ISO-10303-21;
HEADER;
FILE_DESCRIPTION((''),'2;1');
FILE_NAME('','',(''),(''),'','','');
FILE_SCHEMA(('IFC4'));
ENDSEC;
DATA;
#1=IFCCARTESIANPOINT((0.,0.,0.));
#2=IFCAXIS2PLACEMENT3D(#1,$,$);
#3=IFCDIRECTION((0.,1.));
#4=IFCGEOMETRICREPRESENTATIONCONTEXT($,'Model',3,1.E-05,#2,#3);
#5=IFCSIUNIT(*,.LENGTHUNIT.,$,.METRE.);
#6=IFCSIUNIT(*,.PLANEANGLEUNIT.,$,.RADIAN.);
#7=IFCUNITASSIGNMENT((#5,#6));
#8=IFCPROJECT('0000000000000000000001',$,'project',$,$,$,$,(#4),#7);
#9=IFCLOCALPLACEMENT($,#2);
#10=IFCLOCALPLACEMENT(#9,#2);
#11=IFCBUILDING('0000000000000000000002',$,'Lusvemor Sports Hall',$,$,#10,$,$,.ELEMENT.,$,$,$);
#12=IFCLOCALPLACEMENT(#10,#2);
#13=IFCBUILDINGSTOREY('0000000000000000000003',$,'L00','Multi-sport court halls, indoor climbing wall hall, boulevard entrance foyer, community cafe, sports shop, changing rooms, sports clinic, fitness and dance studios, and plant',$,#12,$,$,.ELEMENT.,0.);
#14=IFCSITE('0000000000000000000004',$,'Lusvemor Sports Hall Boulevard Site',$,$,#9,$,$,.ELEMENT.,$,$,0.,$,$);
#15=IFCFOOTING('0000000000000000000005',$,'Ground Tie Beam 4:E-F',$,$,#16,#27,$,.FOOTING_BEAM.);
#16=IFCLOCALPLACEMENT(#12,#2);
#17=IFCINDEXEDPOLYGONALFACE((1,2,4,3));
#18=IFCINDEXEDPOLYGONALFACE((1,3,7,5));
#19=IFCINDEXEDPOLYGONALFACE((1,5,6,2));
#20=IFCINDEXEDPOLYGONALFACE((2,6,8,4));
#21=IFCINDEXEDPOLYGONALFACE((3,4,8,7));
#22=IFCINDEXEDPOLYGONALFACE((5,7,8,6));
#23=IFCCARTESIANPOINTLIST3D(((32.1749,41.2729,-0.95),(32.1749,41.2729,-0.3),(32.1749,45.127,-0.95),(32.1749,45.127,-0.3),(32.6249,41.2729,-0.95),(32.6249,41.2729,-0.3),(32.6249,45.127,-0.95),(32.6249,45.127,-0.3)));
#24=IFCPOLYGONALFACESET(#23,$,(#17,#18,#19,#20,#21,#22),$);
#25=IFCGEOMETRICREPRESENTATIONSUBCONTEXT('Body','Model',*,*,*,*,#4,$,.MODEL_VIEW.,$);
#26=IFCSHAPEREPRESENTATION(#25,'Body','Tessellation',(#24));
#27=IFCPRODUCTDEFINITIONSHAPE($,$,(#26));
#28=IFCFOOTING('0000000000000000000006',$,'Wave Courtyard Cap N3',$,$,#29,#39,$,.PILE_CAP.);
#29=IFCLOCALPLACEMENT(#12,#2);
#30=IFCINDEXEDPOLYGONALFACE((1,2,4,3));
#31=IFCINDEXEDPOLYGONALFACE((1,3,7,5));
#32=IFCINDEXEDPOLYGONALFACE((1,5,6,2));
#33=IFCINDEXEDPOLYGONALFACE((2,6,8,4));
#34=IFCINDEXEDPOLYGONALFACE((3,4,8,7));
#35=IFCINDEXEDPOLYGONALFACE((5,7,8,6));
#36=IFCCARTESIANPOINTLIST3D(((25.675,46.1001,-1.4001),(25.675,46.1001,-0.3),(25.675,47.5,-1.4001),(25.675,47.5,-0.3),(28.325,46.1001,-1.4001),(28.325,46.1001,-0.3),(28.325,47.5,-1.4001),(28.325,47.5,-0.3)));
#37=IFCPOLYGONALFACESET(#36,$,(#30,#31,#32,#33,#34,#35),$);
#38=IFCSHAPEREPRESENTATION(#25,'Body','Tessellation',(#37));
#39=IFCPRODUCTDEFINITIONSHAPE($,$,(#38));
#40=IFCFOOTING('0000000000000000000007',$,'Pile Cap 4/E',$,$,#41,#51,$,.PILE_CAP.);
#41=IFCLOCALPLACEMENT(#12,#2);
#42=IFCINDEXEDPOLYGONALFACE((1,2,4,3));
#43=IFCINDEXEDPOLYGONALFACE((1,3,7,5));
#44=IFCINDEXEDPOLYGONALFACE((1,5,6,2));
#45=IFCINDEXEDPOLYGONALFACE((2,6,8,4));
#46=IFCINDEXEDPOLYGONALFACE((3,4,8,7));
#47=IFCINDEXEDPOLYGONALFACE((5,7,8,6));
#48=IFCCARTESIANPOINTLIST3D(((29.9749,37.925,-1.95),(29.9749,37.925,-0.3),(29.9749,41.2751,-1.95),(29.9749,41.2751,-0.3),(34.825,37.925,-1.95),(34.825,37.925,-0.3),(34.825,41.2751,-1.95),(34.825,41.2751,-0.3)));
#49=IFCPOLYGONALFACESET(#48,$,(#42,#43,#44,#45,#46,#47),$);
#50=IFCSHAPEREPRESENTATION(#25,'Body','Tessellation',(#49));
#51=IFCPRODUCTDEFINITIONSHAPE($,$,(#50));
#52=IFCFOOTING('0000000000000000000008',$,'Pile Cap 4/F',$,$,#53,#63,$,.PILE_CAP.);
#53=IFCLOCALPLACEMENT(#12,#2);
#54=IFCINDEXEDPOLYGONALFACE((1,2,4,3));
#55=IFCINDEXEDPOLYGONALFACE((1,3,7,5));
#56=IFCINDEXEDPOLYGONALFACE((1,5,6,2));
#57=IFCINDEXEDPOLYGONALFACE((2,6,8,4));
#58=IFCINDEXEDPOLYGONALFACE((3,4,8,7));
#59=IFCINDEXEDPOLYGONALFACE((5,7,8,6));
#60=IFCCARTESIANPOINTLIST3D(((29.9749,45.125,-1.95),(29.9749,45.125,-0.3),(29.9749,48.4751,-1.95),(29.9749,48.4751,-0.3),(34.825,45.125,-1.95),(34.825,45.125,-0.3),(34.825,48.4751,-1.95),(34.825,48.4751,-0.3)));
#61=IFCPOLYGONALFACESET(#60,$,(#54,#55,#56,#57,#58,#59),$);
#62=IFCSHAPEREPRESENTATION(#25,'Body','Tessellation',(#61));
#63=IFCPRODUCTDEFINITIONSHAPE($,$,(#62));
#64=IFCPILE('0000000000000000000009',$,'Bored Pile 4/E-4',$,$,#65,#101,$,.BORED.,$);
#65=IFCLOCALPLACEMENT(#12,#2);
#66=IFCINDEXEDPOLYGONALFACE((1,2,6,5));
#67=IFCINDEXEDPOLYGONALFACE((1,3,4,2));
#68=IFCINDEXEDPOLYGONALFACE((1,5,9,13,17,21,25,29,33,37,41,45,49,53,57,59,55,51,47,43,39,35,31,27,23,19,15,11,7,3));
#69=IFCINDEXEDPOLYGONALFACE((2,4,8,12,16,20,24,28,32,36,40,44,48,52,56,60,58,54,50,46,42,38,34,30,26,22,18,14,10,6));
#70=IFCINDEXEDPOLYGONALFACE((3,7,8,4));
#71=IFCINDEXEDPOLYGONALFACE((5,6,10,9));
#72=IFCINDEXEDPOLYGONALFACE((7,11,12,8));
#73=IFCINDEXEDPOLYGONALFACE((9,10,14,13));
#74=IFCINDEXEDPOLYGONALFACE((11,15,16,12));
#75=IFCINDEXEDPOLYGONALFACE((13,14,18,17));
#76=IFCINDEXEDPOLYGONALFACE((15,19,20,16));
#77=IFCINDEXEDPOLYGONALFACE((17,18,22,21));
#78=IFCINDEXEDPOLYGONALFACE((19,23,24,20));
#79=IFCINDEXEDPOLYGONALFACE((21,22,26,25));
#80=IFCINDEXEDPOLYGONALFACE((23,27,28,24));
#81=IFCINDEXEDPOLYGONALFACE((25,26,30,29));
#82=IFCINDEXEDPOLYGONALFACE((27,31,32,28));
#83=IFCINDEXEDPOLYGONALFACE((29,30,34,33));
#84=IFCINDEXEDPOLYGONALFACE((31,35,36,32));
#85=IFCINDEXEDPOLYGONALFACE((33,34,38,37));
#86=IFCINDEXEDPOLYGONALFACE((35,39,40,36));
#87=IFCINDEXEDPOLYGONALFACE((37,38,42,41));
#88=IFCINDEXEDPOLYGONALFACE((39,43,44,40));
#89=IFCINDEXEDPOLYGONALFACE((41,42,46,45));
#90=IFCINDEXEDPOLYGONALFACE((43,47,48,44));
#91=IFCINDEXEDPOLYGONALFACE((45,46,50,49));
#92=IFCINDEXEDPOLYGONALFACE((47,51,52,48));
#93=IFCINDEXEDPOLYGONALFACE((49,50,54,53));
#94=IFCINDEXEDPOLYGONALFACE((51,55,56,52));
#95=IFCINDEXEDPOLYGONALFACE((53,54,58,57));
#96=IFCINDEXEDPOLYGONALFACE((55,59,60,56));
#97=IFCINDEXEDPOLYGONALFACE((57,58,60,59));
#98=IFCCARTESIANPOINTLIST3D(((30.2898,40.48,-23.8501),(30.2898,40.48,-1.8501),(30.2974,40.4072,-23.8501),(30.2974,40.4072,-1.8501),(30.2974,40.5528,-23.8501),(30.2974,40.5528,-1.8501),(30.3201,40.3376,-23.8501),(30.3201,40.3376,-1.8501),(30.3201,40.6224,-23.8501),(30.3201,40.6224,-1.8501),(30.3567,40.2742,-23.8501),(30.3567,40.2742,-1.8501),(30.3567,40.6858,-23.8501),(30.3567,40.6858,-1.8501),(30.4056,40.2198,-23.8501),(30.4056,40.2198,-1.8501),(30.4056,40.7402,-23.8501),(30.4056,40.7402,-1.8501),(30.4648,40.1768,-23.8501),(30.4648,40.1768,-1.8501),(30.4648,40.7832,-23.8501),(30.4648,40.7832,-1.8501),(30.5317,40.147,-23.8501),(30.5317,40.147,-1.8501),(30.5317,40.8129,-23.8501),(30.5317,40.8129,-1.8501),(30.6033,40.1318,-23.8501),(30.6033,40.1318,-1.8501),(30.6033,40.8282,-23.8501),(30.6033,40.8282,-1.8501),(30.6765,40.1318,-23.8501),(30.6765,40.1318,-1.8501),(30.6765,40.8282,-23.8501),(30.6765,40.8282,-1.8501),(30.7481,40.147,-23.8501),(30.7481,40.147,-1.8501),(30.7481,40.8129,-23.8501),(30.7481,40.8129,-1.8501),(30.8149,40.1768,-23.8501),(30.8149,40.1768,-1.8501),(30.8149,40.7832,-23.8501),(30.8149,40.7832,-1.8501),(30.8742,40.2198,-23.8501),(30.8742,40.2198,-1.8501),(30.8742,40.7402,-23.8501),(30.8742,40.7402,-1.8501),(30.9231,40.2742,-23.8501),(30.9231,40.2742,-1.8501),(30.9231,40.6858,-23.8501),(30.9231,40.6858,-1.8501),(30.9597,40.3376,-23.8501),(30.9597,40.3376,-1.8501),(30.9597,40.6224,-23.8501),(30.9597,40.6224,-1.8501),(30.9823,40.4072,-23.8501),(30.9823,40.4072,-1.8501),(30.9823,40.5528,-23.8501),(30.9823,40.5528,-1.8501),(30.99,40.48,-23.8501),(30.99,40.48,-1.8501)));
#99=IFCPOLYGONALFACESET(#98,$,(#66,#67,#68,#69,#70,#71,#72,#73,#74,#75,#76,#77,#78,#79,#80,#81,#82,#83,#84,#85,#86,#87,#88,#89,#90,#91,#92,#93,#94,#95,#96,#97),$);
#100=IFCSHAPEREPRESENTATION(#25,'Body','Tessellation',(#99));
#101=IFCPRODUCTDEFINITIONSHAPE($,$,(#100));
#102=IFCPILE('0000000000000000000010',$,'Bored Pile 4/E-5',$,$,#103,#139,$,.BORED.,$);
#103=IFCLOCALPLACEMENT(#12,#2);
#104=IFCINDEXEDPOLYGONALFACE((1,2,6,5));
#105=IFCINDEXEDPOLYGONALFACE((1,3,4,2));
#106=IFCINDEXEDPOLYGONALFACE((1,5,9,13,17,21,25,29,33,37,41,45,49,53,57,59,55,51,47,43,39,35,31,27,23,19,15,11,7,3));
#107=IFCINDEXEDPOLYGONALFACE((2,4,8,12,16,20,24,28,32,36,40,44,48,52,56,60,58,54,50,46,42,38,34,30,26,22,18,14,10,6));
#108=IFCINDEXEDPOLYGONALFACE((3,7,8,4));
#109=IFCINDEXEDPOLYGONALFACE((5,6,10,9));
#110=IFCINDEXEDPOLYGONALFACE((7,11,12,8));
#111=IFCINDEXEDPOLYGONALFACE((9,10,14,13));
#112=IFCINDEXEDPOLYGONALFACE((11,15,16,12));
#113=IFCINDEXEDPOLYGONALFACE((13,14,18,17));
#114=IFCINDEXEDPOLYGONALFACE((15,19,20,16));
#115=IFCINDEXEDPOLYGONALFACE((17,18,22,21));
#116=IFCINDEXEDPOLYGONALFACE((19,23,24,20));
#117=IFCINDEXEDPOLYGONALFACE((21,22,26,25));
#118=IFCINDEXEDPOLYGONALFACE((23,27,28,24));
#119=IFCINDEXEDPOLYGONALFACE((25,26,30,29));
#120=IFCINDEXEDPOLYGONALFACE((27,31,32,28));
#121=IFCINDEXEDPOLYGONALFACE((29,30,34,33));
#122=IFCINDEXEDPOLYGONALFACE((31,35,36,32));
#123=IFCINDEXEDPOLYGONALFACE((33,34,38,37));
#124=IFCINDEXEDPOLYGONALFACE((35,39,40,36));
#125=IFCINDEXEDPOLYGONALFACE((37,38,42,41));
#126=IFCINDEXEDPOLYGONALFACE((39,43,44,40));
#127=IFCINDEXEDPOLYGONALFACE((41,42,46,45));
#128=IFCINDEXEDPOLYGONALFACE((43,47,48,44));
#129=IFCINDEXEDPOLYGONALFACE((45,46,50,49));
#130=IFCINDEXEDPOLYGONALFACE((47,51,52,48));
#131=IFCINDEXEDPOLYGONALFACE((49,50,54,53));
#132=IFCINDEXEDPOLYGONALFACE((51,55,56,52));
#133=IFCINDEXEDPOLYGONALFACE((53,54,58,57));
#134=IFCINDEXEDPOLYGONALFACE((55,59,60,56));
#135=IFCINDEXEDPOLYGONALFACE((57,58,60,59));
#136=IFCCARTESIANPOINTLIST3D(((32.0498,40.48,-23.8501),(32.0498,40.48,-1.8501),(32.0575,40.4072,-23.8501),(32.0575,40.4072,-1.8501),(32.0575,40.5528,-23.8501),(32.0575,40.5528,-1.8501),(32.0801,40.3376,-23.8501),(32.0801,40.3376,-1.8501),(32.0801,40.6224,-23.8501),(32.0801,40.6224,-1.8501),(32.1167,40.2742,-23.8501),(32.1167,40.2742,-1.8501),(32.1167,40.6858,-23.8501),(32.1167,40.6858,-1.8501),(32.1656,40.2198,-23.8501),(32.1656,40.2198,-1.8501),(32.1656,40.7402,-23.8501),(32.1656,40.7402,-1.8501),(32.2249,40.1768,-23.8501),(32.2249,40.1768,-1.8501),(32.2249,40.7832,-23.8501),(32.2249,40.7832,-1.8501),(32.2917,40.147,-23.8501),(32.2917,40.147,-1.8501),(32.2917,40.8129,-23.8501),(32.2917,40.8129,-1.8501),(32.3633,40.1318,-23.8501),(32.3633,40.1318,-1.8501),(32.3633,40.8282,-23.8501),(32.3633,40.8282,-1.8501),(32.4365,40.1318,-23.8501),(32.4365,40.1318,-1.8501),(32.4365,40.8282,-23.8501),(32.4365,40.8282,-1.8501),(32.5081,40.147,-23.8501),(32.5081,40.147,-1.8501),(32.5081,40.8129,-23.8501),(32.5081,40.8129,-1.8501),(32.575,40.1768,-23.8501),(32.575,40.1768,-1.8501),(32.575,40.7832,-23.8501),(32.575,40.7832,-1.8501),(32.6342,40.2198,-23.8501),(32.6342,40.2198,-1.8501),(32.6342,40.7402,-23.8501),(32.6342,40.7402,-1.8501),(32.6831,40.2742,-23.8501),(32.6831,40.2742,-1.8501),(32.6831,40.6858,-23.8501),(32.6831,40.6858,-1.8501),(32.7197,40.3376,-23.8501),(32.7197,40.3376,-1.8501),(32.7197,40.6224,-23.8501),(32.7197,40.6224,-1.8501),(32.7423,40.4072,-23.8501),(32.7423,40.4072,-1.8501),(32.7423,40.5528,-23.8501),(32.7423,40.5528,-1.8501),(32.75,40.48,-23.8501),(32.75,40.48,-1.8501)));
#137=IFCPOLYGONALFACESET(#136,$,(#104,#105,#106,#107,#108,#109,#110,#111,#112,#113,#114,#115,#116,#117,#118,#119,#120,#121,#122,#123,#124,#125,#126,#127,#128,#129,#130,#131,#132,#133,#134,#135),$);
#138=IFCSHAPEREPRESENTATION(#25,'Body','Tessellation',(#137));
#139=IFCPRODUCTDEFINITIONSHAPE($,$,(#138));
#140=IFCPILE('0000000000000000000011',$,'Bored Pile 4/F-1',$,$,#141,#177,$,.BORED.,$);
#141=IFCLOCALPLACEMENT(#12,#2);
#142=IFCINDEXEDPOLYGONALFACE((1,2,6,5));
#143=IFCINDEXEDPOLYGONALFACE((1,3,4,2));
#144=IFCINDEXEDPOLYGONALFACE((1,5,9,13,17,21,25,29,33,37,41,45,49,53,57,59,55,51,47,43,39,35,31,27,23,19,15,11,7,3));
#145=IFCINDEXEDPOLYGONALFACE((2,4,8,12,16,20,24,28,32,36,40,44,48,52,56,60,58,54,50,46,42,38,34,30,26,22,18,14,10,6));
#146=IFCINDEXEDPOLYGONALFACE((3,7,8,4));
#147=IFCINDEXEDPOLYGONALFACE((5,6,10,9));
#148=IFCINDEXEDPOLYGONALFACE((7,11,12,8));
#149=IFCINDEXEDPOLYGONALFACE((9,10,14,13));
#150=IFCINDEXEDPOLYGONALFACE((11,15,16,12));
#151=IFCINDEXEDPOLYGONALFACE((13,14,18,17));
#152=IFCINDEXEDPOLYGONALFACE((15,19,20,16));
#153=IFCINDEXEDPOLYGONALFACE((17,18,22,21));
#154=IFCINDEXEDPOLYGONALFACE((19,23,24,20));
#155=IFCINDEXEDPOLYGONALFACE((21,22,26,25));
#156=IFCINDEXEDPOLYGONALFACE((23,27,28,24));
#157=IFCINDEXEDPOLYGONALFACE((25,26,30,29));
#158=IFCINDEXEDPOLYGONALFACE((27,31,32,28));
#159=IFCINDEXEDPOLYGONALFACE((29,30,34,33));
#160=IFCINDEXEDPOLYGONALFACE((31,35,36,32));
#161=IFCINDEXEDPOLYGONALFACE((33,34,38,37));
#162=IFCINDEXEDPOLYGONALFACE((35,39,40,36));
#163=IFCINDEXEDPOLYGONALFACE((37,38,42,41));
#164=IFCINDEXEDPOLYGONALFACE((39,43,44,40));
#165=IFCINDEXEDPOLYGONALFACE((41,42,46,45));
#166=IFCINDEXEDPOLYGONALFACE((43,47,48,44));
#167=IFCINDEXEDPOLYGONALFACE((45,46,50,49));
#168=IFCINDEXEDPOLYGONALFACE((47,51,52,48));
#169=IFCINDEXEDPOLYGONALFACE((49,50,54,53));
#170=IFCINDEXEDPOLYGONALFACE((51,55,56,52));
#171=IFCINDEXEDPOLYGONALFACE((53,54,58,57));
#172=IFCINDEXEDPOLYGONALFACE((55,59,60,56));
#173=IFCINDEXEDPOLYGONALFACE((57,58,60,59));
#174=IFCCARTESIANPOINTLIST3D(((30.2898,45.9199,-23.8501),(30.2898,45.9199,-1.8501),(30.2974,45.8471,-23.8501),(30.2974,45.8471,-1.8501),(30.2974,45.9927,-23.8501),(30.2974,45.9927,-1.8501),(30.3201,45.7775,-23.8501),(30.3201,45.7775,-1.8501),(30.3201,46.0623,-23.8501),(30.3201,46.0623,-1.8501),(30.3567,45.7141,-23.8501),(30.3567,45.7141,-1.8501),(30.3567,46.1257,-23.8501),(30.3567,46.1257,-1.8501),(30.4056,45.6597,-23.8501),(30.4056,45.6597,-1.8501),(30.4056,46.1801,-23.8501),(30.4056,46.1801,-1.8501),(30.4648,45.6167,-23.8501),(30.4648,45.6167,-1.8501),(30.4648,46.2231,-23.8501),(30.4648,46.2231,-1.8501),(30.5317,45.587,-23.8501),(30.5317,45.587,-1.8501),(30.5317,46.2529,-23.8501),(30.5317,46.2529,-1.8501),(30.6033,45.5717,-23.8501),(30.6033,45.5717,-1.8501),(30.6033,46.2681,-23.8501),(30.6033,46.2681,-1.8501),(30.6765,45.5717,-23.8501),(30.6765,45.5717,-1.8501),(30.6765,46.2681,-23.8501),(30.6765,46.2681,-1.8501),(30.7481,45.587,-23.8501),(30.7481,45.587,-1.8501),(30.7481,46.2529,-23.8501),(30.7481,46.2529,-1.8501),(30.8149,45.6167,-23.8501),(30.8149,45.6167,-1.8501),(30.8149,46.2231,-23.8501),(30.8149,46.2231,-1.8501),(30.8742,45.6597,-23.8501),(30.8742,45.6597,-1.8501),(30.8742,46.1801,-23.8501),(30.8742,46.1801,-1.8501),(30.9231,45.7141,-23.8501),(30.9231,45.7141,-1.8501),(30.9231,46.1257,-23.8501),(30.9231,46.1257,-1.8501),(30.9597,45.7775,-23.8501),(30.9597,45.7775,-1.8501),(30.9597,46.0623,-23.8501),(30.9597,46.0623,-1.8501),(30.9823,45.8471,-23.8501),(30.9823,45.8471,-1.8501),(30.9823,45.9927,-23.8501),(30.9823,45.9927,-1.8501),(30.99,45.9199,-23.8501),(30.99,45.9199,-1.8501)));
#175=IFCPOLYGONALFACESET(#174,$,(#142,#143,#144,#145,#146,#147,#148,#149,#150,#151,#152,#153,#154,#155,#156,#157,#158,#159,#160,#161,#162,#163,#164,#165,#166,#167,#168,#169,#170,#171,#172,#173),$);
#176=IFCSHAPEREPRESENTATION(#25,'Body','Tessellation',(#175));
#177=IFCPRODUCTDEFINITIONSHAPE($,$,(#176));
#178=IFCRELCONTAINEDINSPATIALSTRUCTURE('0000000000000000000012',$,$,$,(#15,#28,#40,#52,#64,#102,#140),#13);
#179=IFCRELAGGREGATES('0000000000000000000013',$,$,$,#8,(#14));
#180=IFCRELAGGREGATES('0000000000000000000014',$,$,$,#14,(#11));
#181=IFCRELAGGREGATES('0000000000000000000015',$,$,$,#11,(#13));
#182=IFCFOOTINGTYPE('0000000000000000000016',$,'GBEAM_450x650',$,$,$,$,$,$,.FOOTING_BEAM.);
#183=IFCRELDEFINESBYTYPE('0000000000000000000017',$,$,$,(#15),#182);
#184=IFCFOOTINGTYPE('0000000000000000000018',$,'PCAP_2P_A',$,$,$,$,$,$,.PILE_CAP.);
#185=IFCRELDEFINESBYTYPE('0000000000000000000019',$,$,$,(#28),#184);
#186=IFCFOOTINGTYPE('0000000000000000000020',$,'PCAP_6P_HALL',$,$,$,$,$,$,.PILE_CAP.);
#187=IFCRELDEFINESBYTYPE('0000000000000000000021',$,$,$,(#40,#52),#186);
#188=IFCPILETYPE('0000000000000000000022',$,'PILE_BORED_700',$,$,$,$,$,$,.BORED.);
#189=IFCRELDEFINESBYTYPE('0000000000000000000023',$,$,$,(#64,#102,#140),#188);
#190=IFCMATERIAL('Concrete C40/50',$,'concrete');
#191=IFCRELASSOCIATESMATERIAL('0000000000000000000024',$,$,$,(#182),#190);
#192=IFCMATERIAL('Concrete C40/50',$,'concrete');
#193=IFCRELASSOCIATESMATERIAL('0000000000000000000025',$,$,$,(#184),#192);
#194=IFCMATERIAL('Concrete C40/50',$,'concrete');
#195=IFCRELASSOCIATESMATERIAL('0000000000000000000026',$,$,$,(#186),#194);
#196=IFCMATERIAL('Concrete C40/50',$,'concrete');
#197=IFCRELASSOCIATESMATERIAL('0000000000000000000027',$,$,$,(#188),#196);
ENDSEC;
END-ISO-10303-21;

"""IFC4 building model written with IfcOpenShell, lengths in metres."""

from ifc_helpers import new_model, si_unit, direction, frame, origin, origin_2d, place, context, subcontext, project, spatial, rectangle, circle, extrude, material, material_profile, profile_set, type_object, element, save


model = new_model("IFC4")

# Units and contexts
model_context = context("Model", 3, precision=1e-05, world=origin(), true_north=direction((0.0, 1.0)))
body_context = subcontext(model_context, "Body", "Model", "MODEL_VIEW")
ifc_project = project(units=[si_unit("LENGTHUNIT", "METRE"), si_unit("PLANEANGLEUNIT", "RADIAN")], contexts=[model_context])

# Site, building, storey
site_placement = place(None, origin())
site = spatial("IfcSite", under=ifc_project, at=site_placement, Name="Lusvemor Sports Hall Boulevard Site", CompositionType="ELEMENT", RefElevation=0.0)
building_placement = place(site_placement, origin())
building = spatial("IfcBuilding", under=site, at=building_placement, Name="Lusvemor Sports Hall", CompositionType="ELEMENT")
storey_placement = place(building_placement, origin())
storey = spatial("IfcBuildingStorey", under=building, at=storey_placement, Name="L00", Description="Multi-sport court halls, indoor climbing wall hall, boulevard entrance foyer, community cafe, sports shop, changing rooms, sports clinic, fitness and dance studios, and plant", CompositionType="ELEMENT", Elevation=0.0)

# Footings
ifc_material_1 = material(Name="Concrete C40/50", Category="concrete")
ifc_material_profile_1 = material_profile(ifc_material_1, rectangle(XDim=0.45, YDim=0.6499, at=origin_2d()), Name="GB_450x650")
ifc_profile_set_1 = profile_set([ifc_material_profile_1], Name="Concrete C40/50")
footing_type_1 = type_object("IfcFootingType", Name="GBEAM_450x650", PredefinedType="FOOTING_BEAM", material=ifc_profile_set_1)
footing_1_placement = place(storey_placement, frame((32.3999, 41.2729, -0.625), z_axis=(0.0, 1.0, 0.0), x_axis=(-1.0, 0.0, 0.0)))
element("IfcFooting", 1, at=footing_1_placement, inside=storey, type_object=footing_type_1, Name="Ground Tie Beam 4:E-F", PredefinedType="FOOTING_BEAM", context=body_context, shape_type="SweptSolid", body=[
    extrude(rectangle(XDim=0.45, YDim=0.6499, at=origin_2d()), origin(), (0.0, 0.0, 1.0), 3.854),
])
ifc_material_2 = material(Name="Concrete C40/50", Category="concrete")
footing_type_2 = type_object("IfcFootingType", Name="PCAP_2P_A", PredefinedType="PILE_CAP", material=ifc_material_2)
footing_2_placement = place(storey_placement, frame((27.0, 46.8, -1.4001), z_axis=(0.0, 0.0, 1.0), x_axis=(1.0, 0.0, 0.0)))
element("IfcFooting", 2, at=footing_2_placement, inside=storey, type_object=footing_type_2, Name="Wave Courtyard Cap N3", PredefinedType="PILE_CAP", context=body_context, shape_type="SweptSolid", body=[
    extrude(rectangle(XDim=2.6499, YDim=1.3999, at=origin_2d()), origin(), (0.0, 0.0, 1.0), 1.1001),
])
ifc_material_3 = material(Name="Concrete C40/50", Category="concrete")
footing_type_3 = type_object("IfcFootingType", Name="PCAP_6P_HALL", PredefinedType="PILE_CAP", material=ifc_material_3)
for number, where, z_axis, x_axis, name in (
    (3, (32.3999, 39.6001, -1.95), (0.0, 0.0, 1.0), (1.0, 0.0, 0.0), "Pile Cap 4/E"),
    (4, (32.3999, 46.8, -1.95), (0.0, 0.0, 1.0), (1.0, 0.0, 0.0), "Pile Cap 4/F"),
):
    element("IfcFooting", number, at=place(storey_placement, frame(where, z_axis=z_axis, x_axis=x_axis)), inside=storey, type_object=footing_type_3, Name=name, PredefinedType="PILE_CAP", context=body_context, shape_type="SweptSolid", body=[
        extrude(rectangle(XDim=4.8501, YDim=3.3501, at=origin_2d()), origin(), (0.0, 0.0, 1.0), 1.6499),
    ])

# Piles
ifc_material_4 = material(Name="Concrete C40/50", Category="concrete")
ifc_material_profile_2 = material_profile(ifc_material_4, circle(Radius=0.3501, at=origin_2d()), Name="PILE700")
ifc_profile_set_2 = profile_set([ifc_material_profile_2], Name="Concrete C40/50")
pile_type = type_object("IfcPileType", Name="PILE_BORED_700", PredefinedType="BORED", material=ifc_profile_set_2)
for number, where, z_axis, x_axis, name in (
    (5, (30.6399, 40.48, -1.8501), (0.0, 0.0, -1.0), (1.0, 0.0, 0.0), "Bored Pile 4/E-4"),
    (6, (32.3999, 40.48, -1.8501), (0.0, 0.0, -1.0), (1.0, 0.0, 0.0), "Bored Pile 4/E-5"),
    (7, (30.6399, 45.9199, -1.8501), (0.0, 0.0, -1.0), (1.0, 0.0, 0.0), "Bored Pile 4/F-1"),
):
    element("IfcPile", number, at=place(storey_placement, frame(where, z_axis=z_axis, x_axis=x_axis)), inside=storey, type_object=pile_type, Name=name, PredefinedType="BORED", context=body_context, shape_type="SweptSolid", body=[
        extrude(circle(Radius=0.3501, at=origin_2d()), origin(), (0.0, 0.0, 1.0), 22.0),
    ])

save(model, "model.ifc")
